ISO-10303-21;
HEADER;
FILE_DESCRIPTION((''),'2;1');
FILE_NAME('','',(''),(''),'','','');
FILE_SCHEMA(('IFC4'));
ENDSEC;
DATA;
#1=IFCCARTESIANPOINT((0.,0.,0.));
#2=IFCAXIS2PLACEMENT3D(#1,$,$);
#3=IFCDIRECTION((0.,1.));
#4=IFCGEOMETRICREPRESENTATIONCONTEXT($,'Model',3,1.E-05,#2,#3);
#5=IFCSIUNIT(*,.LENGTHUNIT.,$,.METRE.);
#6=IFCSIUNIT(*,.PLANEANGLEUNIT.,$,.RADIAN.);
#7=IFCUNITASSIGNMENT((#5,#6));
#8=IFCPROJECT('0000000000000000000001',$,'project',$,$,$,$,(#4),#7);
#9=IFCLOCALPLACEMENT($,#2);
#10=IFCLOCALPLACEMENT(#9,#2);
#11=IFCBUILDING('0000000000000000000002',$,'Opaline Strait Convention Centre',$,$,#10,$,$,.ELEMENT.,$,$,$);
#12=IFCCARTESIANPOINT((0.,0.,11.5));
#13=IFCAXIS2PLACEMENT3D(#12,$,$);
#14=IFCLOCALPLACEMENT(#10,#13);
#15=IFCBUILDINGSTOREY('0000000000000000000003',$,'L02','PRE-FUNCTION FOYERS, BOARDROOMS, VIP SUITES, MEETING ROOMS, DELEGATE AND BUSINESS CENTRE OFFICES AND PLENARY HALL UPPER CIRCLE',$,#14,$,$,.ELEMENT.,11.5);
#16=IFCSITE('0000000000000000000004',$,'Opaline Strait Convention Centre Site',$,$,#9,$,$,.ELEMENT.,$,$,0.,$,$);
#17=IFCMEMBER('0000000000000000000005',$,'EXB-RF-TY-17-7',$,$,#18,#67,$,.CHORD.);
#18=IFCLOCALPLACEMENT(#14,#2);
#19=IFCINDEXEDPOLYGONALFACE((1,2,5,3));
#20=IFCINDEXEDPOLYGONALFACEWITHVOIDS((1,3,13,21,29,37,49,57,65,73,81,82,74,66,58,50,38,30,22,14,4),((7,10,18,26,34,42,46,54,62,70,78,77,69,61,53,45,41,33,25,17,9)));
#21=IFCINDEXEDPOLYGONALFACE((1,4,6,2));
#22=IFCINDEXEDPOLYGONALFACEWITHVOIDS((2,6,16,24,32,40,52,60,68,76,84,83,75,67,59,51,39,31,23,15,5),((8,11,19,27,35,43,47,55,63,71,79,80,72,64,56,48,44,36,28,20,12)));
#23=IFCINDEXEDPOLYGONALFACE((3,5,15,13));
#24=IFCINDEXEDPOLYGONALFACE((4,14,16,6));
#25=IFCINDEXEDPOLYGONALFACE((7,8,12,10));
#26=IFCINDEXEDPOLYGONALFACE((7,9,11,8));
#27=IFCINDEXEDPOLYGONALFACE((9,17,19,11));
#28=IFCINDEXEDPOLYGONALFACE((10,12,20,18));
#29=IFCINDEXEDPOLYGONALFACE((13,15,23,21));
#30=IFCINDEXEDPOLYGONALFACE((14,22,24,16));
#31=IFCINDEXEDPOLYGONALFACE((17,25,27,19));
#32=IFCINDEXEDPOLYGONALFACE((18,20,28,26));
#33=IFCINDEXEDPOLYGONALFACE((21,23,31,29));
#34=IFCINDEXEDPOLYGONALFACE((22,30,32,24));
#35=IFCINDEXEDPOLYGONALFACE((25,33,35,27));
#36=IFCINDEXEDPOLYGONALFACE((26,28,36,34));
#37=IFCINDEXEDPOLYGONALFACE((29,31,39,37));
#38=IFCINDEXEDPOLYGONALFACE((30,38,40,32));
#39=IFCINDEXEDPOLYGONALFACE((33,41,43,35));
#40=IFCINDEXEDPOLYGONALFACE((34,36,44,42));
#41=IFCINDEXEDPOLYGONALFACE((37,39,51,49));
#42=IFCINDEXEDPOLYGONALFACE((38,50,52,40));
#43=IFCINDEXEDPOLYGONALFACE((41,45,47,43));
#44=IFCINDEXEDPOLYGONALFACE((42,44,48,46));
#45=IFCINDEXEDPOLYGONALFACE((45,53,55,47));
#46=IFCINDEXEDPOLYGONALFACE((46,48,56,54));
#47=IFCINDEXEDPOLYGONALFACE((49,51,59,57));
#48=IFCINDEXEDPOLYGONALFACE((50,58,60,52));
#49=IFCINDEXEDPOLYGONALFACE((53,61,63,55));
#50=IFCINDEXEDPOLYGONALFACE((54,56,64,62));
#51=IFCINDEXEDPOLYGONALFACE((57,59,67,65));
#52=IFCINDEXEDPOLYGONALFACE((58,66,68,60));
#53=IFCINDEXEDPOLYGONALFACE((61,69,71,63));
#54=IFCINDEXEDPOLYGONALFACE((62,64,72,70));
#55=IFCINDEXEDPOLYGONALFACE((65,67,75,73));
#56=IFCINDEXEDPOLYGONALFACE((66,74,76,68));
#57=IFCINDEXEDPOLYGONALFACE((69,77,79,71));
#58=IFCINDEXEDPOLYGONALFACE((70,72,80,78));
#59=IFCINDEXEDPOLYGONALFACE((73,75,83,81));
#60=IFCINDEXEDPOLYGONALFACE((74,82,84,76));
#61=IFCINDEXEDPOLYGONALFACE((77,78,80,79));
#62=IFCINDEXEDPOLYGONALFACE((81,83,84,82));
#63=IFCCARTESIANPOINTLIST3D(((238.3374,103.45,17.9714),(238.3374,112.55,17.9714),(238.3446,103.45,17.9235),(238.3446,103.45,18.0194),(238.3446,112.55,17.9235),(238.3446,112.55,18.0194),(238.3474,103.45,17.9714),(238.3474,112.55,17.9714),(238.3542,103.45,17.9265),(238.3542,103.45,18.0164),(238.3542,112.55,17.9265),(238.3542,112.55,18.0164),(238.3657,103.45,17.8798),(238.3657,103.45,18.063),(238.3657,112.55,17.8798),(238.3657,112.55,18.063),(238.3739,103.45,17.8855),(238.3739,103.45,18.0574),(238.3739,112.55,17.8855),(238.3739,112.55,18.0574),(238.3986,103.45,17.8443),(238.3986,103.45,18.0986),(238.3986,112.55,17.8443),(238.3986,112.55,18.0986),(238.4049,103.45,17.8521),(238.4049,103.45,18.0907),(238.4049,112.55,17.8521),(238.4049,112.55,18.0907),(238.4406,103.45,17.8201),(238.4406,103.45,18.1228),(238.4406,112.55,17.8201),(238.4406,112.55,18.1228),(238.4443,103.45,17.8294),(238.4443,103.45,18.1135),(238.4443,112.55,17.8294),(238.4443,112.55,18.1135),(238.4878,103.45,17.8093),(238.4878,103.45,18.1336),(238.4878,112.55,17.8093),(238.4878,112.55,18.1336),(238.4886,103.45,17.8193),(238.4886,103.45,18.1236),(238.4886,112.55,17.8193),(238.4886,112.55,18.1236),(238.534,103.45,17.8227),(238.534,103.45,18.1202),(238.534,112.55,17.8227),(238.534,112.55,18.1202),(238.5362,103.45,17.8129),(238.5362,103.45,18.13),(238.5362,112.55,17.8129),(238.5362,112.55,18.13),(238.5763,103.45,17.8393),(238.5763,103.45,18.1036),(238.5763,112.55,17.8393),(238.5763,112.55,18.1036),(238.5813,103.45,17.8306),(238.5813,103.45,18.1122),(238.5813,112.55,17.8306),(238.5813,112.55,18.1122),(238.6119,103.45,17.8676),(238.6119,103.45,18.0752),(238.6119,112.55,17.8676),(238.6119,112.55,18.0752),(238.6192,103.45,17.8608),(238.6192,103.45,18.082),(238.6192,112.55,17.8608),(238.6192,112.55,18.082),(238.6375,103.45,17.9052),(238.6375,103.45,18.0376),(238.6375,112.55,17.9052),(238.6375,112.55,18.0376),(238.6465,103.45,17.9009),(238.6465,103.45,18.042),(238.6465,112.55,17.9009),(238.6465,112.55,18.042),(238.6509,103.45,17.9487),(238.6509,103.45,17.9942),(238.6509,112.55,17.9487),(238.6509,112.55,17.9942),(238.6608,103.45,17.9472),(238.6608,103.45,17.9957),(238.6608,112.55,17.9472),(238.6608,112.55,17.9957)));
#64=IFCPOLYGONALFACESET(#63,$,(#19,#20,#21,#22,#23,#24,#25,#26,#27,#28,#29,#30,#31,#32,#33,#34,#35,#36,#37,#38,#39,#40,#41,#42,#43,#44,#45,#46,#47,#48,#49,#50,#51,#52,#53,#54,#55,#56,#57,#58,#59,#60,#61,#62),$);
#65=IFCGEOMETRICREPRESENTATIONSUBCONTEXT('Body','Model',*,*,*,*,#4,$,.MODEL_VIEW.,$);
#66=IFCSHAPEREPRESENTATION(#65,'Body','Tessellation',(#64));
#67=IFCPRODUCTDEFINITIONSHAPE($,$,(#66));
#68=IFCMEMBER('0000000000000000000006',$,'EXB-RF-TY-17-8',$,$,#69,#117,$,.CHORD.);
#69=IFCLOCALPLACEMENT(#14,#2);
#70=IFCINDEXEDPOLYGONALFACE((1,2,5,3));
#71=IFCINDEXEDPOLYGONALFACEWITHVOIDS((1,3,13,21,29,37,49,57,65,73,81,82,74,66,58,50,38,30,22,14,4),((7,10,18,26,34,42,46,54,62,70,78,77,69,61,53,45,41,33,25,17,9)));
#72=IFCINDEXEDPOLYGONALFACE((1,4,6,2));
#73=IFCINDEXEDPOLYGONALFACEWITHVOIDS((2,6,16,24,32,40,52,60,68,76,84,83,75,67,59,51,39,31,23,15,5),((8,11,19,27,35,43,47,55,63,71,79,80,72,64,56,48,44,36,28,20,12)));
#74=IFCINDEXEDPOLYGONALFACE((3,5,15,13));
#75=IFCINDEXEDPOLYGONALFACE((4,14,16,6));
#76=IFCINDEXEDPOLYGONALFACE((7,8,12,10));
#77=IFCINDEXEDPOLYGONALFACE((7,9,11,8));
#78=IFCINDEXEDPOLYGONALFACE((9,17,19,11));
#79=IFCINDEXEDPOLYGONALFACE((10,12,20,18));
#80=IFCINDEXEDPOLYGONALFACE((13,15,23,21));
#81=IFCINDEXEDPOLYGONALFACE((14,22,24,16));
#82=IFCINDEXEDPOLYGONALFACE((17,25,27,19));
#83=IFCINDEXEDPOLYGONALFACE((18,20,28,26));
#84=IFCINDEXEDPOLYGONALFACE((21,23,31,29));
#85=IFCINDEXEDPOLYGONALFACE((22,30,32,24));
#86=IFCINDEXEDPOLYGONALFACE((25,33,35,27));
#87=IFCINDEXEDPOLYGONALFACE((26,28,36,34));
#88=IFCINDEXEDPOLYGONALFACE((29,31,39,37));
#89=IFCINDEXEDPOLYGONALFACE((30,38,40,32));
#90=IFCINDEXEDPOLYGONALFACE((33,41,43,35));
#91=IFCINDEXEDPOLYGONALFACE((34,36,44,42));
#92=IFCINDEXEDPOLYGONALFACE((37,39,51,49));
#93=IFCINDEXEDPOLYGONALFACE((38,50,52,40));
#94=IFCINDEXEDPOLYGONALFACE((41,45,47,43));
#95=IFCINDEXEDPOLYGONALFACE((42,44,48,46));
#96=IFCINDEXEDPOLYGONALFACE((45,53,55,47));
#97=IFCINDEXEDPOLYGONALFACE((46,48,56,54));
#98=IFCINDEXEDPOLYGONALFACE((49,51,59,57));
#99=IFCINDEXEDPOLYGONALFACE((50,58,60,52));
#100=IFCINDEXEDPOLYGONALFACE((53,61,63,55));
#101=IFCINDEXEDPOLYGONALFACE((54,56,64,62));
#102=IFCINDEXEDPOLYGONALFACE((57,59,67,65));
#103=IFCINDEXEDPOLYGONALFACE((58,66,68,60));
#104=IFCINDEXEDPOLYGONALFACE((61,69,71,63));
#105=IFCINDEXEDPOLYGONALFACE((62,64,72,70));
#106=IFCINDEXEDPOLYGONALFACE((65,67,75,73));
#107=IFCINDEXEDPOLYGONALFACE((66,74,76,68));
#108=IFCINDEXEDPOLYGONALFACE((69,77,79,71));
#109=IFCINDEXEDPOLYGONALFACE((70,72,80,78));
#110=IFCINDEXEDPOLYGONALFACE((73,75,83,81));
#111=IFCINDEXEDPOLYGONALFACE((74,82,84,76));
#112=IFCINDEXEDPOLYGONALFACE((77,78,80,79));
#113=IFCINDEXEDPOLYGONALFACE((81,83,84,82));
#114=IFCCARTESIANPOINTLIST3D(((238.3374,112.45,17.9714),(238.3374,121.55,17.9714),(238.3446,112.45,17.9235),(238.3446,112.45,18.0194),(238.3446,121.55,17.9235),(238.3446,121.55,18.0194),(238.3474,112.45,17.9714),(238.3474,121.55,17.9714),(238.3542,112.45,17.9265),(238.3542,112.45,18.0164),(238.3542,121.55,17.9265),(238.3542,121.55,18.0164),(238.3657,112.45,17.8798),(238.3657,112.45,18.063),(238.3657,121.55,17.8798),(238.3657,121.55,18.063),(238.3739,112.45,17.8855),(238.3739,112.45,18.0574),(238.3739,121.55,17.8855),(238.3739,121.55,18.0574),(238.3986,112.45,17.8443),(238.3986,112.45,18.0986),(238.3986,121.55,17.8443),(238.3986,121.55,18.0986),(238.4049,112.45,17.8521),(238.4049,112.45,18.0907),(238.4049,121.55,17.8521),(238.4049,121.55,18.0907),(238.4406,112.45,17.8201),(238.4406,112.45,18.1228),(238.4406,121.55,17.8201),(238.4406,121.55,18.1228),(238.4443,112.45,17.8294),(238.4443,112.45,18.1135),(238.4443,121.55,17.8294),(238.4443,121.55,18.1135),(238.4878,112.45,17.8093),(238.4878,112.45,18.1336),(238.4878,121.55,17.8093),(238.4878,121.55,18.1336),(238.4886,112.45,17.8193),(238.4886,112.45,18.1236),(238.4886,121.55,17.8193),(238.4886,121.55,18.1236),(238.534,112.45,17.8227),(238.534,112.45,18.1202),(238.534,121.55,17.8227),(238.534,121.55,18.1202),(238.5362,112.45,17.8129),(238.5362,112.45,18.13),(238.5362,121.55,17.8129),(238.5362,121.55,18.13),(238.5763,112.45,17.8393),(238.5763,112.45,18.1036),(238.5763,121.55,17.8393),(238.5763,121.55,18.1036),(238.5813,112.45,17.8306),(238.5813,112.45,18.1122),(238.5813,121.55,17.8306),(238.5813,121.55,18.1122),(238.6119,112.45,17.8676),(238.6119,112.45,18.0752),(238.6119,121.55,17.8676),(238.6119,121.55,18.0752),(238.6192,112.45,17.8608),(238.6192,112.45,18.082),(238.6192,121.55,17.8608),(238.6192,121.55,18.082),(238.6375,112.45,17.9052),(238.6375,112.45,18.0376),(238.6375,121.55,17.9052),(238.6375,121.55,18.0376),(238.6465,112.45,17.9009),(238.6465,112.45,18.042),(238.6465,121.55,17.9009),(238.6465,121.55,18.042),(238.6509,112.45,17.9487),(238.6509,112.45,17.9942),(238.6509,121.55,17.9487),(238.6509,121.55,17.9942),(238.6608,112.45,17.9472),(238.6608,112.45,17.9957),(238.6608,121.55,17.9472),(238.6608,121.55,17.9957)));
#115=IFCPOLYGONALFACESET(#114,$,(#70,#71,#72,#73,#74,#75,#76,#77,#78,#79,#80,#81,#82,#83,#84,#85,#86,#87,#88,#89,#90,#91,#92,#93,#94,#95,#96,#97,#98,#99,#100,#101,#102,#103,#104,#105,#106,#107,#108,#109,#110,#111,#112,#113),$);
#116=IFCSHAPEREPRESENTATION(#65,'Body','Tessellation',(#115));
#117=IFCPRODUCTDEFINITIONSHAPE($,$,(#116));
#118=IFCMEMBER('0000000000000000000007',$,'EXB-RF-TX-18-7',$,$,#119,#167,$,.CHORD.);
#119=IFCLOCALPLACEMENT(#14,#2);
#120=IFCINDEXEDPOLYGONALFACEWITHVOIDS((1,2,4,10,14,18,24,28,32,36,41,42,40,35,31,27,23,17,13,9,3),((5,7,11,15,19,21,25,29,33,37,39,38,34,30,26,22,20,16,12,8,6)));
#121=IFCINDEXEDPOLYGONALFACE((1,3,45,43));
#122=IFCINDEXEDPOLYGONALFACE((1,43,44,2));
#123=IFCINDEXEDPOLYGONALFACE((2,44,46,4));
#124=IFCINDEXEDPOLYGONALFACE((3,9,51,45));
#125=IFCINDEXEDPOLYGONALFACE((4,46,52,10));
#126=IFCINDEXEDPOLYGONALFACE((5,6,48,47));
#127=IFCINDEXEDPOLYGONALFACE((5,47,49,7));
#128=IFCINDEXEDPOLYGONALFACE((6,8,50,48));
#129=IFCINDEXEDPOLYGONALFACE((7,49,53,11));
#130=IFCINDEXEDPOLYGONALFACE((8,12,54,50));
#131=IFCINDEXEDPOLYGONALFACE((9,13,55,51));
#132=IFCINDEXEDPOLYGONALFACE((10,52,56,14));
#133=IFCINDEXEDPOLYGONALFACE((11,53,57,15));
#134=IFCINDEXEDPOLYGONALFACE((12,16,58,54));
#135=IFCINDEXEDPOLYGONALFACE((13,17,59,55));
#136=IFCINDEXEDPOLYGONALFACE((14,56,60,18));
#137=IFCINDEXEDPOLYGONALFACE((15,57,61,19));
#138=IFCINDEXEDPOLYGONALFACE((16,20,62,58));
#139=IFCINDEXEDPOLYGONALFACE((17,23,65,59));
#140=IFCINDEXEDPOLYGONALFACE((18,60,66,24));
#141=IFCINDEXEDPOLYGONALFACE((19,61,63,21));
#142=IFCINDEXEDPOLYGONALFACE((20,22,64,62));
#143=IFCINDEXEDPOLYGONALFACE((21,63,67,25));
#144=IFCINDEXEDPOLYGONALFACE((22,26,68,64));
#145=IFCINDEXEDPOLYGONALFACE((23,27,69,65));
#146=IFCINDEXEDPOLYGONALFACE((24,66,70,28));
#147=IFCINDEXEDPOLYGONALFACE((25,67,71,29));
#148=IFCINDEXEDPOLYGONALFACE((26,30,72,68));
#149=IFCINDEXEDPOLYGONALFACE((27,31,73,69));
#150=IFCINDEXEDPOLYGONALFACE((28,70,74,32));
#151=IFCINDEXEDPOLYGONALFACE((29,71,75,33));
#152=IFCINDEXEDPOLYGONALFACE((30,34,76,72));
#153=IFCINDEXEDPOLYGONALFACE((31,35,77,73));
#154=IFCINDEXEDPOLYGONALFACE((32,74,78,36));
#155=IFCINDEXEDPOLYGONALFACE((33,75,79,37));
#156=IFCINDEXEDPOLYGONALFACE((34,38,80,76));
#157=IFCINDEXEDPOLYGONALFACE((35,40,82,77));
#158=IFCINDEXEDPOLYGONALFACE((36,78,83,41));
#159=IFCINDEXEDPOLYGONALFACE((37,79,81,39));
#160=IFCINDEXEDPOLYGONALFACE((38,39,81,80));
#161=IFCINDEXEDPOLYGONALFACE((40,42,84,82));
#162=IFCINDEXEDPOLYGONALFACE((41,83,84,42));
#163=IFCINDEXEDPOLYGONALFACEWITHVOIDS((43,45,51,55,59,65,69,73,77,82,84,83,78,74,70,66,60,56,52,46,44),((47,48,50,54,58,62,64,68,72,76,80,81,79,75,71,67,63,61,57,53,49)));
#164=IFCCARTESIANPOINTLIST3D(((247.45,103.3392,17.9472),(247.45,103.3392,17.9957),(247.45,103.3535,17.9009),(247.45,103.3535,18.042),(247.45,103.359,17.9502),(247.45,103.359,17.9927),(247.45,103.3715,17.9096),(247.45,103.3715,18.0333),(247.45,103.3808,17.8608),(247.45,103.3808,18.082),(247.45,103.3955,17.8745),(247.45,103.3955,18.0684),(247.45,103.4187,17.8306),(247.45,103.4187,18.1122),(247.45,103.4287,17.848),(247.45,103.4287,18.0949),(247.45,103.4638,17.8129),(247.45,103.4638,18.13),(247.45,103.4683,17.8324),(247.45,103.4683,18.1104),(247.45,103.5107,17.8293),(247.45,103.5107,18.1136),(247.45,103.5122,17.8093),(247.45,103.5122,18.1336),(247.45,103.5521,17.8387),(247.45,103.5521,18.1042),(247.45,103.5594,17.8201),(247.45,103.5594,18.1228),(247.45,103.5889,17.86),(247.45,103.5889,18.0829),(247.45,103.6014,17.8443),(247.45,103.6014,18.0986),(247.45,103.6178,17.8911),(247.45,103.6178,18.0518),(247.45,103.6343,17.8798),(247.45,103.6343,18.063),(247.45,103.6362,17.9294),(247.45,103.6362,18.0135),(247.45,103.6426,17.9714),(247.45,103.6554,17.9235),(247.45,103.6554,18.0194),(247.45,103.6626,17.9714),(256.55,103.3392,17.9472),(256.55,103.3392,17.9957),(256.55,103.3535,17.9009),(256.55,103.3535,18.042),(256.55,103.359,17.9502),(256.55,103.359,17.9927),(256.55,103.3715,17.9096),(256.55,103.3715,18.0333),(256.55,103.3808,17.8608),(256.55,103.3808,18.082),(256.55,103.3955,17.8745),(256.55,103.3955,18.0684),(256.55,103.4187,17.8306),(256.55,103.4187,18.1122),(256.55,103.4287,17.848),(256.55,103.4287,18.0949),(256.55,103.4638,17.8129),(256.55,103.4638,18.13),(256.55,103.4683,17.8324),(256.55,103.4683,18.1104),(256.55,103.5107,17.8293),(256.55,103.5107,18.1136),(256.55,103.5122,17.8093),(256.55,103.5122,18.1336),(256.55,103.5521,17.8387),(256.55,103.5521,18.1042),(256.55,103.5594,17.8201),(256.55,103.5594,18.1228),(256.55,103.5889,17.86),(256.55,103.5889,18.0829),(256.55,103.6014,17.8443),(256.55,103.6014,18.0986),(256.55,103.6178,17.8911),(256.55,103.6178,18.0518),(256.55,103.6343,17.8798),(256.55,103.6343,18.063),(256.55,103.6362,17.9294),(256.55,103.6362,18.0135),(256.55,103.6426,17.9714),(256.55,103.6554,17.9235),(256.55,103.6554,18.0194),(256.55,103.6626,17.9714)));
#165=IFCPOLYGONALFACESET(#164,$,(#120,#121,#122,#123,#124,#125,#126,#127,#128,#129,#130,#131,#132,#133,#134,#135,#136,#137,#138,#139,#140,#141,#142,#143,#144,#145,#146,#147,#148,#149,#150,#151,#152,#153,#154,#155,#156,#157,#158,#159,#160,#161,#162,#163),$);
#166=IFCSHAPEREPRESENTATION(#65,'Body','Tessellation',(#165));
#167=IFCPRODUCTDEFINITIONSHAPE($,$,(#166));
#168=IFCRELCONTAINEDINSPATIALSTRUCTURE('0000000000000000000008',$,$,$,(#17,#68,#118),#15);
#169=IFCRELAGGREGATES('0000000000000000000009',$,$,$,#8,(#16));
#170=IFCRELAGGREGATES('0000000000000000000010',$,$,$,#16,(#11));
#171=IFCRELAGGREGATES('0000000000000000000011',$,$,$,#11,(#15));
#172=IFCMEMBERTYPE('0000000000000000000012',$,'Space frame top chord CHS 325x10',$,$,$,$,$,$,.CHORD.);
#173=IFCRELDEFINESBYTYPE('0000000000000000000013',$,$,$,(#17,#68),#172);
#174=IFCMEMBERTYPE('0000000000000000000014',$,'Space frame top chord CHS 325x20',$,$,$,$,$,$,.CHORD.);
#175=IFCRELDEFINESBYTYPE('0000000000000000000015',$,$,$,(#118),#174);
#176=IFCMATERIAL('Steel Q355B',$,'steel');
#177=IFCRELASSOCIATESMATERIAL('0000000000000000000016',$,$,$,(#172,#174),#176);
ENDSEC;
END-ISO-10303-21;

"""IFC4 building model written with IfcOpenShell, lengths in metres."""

from ifc_helpers import new_model, si_unit, direction, frame, origin, origin_2d, place, context, subcontext, project, spatial, hollow_circle, extrude, material, material_profile, profile_set, type_object, element, save


model = new_model("IFC4")

# Units and contexts
model_context = context("Model", 3, precision=1e-05, world=origin(), true_north=direction((0.0, 1.0)))
body_context = subcontext(model_context, "Body", "Model", "MODEL_VIEW")
ifc_project = project(units=[si_unit("LENGTHUNIT", "METRE"), si_unit("PLANEANGLEUNIT", "RADIAN")], contexts=[model_context])

# Site, building, storey
site_placement = place(None, origin())
site = spatial("IfcSite", under=ifc_project, at=site_placement, Name="Opaline Strait Convention Centre Site", CompositionType="ELEMENT", RefElevation=0.0)
building_placement = place(site_placement, origin())
building = spatial("IfcBuilding", under=site, at=building_placement, Name="Opaline Strait Convention Centre", CompositionType="ELEMENT")
storey_placement = place(building_placement, frame((0.0, 0.0, 11.5)))
storey = spatial("IfcBuildingStorey", under=building, at=storey_placement, Name="L02", Description="PRE-FUNCTION FOYERS, BOARDROOMS, VIP SUITES, MEETING ROOMS, DELEGATE AND BUSINESS CENTRE OFFICES AND PLENARY HALL UPPER CIRCLE", CompositionType="ELEMENT", Elevation=11.5)

# Members
ifc_material = material(Name="Steel Q355B", Category="steel")
ifc_material_profile_1 = material_profile(ifc_material, hollow_circle(Radius=0.1626, WallThickness=0.01, at=origin_2d()), Name="CHS 325x10")
ifc_profile_set_1 = profile_set([ifc_material_profile_1], Name="Steel Q355B")
member_type_1 = type_object("IfcMemberType", Name="Space frame top chord CHS 325x10", PredefinedType="CHORD", material=ifc_profile_set_1)
for number, where, z_axis, x_axis, name in (
    (1, (238.5, 103.45, 17.9714), (0.0, 1.0, 0.0), (-1.0, 0.0, 0.0), "EXB-RF-TY-17-7"),
    (2, (238.5, 112.45, 17.9714), (0.0, 1.0, 0.0), (-1.0, 0.0, 0.0), "EXB-RF-TY-17-8"),
):
    element("IfcMember", number, at=place(storey_placement, frame(where, z_axis=z_axis, x_axis=x_axis)), inside=storey, type_object=member_type_1, Name=name, PredefinedType="CHORD", context=body_context, shape_type="SweptSolid", body=[
        extrude(hollow_circle(Radius=0.1626, WallThickness=0.01, at=origin_2d()), origin(), (0.0, 0.0, 1.0), 9.1001),
    ])
ifc_material_profile_2 = material_profile(ifc_material, hollow_circle(Radius=0.1626, WallThickness=0.02, at=origin_2d()), Name="CHS 325x20")
ifc_profile_set_2 = profile_set([ifc_material_profile_2], Name="Steel Q355B")
member_type_2 = type_object("IfcMemberType", Name="Space frame top chord CHS 325x20", PredefinedType="CHORD", material=ifc_profile_set_2)
for number, where, z_axis, x_axis, name in (
    (3, (247.45, 103.5, 17.9714), (1.0, 0.0, 0.0), (0.0, 1.0, 0.0), "EXB-RF-TX-18-7"),
):
    element("IfcMember", number, at=place(storey_placement, frame(where, z_axis=z_axis, x_axis=x_axis)), inside=storey, type_object=member_type_2, Name=name, PredefinedType="CHORD", context=body_context, shape_type="SweptSolid", body=[
        extrude(hollow_circle(Radius=0.1626, WallThickness=0.02, at=origin_2d()), origin(), (0.0, 0.0, 1.0), 9.1001),
    ])

save(model, "model.ifc")
